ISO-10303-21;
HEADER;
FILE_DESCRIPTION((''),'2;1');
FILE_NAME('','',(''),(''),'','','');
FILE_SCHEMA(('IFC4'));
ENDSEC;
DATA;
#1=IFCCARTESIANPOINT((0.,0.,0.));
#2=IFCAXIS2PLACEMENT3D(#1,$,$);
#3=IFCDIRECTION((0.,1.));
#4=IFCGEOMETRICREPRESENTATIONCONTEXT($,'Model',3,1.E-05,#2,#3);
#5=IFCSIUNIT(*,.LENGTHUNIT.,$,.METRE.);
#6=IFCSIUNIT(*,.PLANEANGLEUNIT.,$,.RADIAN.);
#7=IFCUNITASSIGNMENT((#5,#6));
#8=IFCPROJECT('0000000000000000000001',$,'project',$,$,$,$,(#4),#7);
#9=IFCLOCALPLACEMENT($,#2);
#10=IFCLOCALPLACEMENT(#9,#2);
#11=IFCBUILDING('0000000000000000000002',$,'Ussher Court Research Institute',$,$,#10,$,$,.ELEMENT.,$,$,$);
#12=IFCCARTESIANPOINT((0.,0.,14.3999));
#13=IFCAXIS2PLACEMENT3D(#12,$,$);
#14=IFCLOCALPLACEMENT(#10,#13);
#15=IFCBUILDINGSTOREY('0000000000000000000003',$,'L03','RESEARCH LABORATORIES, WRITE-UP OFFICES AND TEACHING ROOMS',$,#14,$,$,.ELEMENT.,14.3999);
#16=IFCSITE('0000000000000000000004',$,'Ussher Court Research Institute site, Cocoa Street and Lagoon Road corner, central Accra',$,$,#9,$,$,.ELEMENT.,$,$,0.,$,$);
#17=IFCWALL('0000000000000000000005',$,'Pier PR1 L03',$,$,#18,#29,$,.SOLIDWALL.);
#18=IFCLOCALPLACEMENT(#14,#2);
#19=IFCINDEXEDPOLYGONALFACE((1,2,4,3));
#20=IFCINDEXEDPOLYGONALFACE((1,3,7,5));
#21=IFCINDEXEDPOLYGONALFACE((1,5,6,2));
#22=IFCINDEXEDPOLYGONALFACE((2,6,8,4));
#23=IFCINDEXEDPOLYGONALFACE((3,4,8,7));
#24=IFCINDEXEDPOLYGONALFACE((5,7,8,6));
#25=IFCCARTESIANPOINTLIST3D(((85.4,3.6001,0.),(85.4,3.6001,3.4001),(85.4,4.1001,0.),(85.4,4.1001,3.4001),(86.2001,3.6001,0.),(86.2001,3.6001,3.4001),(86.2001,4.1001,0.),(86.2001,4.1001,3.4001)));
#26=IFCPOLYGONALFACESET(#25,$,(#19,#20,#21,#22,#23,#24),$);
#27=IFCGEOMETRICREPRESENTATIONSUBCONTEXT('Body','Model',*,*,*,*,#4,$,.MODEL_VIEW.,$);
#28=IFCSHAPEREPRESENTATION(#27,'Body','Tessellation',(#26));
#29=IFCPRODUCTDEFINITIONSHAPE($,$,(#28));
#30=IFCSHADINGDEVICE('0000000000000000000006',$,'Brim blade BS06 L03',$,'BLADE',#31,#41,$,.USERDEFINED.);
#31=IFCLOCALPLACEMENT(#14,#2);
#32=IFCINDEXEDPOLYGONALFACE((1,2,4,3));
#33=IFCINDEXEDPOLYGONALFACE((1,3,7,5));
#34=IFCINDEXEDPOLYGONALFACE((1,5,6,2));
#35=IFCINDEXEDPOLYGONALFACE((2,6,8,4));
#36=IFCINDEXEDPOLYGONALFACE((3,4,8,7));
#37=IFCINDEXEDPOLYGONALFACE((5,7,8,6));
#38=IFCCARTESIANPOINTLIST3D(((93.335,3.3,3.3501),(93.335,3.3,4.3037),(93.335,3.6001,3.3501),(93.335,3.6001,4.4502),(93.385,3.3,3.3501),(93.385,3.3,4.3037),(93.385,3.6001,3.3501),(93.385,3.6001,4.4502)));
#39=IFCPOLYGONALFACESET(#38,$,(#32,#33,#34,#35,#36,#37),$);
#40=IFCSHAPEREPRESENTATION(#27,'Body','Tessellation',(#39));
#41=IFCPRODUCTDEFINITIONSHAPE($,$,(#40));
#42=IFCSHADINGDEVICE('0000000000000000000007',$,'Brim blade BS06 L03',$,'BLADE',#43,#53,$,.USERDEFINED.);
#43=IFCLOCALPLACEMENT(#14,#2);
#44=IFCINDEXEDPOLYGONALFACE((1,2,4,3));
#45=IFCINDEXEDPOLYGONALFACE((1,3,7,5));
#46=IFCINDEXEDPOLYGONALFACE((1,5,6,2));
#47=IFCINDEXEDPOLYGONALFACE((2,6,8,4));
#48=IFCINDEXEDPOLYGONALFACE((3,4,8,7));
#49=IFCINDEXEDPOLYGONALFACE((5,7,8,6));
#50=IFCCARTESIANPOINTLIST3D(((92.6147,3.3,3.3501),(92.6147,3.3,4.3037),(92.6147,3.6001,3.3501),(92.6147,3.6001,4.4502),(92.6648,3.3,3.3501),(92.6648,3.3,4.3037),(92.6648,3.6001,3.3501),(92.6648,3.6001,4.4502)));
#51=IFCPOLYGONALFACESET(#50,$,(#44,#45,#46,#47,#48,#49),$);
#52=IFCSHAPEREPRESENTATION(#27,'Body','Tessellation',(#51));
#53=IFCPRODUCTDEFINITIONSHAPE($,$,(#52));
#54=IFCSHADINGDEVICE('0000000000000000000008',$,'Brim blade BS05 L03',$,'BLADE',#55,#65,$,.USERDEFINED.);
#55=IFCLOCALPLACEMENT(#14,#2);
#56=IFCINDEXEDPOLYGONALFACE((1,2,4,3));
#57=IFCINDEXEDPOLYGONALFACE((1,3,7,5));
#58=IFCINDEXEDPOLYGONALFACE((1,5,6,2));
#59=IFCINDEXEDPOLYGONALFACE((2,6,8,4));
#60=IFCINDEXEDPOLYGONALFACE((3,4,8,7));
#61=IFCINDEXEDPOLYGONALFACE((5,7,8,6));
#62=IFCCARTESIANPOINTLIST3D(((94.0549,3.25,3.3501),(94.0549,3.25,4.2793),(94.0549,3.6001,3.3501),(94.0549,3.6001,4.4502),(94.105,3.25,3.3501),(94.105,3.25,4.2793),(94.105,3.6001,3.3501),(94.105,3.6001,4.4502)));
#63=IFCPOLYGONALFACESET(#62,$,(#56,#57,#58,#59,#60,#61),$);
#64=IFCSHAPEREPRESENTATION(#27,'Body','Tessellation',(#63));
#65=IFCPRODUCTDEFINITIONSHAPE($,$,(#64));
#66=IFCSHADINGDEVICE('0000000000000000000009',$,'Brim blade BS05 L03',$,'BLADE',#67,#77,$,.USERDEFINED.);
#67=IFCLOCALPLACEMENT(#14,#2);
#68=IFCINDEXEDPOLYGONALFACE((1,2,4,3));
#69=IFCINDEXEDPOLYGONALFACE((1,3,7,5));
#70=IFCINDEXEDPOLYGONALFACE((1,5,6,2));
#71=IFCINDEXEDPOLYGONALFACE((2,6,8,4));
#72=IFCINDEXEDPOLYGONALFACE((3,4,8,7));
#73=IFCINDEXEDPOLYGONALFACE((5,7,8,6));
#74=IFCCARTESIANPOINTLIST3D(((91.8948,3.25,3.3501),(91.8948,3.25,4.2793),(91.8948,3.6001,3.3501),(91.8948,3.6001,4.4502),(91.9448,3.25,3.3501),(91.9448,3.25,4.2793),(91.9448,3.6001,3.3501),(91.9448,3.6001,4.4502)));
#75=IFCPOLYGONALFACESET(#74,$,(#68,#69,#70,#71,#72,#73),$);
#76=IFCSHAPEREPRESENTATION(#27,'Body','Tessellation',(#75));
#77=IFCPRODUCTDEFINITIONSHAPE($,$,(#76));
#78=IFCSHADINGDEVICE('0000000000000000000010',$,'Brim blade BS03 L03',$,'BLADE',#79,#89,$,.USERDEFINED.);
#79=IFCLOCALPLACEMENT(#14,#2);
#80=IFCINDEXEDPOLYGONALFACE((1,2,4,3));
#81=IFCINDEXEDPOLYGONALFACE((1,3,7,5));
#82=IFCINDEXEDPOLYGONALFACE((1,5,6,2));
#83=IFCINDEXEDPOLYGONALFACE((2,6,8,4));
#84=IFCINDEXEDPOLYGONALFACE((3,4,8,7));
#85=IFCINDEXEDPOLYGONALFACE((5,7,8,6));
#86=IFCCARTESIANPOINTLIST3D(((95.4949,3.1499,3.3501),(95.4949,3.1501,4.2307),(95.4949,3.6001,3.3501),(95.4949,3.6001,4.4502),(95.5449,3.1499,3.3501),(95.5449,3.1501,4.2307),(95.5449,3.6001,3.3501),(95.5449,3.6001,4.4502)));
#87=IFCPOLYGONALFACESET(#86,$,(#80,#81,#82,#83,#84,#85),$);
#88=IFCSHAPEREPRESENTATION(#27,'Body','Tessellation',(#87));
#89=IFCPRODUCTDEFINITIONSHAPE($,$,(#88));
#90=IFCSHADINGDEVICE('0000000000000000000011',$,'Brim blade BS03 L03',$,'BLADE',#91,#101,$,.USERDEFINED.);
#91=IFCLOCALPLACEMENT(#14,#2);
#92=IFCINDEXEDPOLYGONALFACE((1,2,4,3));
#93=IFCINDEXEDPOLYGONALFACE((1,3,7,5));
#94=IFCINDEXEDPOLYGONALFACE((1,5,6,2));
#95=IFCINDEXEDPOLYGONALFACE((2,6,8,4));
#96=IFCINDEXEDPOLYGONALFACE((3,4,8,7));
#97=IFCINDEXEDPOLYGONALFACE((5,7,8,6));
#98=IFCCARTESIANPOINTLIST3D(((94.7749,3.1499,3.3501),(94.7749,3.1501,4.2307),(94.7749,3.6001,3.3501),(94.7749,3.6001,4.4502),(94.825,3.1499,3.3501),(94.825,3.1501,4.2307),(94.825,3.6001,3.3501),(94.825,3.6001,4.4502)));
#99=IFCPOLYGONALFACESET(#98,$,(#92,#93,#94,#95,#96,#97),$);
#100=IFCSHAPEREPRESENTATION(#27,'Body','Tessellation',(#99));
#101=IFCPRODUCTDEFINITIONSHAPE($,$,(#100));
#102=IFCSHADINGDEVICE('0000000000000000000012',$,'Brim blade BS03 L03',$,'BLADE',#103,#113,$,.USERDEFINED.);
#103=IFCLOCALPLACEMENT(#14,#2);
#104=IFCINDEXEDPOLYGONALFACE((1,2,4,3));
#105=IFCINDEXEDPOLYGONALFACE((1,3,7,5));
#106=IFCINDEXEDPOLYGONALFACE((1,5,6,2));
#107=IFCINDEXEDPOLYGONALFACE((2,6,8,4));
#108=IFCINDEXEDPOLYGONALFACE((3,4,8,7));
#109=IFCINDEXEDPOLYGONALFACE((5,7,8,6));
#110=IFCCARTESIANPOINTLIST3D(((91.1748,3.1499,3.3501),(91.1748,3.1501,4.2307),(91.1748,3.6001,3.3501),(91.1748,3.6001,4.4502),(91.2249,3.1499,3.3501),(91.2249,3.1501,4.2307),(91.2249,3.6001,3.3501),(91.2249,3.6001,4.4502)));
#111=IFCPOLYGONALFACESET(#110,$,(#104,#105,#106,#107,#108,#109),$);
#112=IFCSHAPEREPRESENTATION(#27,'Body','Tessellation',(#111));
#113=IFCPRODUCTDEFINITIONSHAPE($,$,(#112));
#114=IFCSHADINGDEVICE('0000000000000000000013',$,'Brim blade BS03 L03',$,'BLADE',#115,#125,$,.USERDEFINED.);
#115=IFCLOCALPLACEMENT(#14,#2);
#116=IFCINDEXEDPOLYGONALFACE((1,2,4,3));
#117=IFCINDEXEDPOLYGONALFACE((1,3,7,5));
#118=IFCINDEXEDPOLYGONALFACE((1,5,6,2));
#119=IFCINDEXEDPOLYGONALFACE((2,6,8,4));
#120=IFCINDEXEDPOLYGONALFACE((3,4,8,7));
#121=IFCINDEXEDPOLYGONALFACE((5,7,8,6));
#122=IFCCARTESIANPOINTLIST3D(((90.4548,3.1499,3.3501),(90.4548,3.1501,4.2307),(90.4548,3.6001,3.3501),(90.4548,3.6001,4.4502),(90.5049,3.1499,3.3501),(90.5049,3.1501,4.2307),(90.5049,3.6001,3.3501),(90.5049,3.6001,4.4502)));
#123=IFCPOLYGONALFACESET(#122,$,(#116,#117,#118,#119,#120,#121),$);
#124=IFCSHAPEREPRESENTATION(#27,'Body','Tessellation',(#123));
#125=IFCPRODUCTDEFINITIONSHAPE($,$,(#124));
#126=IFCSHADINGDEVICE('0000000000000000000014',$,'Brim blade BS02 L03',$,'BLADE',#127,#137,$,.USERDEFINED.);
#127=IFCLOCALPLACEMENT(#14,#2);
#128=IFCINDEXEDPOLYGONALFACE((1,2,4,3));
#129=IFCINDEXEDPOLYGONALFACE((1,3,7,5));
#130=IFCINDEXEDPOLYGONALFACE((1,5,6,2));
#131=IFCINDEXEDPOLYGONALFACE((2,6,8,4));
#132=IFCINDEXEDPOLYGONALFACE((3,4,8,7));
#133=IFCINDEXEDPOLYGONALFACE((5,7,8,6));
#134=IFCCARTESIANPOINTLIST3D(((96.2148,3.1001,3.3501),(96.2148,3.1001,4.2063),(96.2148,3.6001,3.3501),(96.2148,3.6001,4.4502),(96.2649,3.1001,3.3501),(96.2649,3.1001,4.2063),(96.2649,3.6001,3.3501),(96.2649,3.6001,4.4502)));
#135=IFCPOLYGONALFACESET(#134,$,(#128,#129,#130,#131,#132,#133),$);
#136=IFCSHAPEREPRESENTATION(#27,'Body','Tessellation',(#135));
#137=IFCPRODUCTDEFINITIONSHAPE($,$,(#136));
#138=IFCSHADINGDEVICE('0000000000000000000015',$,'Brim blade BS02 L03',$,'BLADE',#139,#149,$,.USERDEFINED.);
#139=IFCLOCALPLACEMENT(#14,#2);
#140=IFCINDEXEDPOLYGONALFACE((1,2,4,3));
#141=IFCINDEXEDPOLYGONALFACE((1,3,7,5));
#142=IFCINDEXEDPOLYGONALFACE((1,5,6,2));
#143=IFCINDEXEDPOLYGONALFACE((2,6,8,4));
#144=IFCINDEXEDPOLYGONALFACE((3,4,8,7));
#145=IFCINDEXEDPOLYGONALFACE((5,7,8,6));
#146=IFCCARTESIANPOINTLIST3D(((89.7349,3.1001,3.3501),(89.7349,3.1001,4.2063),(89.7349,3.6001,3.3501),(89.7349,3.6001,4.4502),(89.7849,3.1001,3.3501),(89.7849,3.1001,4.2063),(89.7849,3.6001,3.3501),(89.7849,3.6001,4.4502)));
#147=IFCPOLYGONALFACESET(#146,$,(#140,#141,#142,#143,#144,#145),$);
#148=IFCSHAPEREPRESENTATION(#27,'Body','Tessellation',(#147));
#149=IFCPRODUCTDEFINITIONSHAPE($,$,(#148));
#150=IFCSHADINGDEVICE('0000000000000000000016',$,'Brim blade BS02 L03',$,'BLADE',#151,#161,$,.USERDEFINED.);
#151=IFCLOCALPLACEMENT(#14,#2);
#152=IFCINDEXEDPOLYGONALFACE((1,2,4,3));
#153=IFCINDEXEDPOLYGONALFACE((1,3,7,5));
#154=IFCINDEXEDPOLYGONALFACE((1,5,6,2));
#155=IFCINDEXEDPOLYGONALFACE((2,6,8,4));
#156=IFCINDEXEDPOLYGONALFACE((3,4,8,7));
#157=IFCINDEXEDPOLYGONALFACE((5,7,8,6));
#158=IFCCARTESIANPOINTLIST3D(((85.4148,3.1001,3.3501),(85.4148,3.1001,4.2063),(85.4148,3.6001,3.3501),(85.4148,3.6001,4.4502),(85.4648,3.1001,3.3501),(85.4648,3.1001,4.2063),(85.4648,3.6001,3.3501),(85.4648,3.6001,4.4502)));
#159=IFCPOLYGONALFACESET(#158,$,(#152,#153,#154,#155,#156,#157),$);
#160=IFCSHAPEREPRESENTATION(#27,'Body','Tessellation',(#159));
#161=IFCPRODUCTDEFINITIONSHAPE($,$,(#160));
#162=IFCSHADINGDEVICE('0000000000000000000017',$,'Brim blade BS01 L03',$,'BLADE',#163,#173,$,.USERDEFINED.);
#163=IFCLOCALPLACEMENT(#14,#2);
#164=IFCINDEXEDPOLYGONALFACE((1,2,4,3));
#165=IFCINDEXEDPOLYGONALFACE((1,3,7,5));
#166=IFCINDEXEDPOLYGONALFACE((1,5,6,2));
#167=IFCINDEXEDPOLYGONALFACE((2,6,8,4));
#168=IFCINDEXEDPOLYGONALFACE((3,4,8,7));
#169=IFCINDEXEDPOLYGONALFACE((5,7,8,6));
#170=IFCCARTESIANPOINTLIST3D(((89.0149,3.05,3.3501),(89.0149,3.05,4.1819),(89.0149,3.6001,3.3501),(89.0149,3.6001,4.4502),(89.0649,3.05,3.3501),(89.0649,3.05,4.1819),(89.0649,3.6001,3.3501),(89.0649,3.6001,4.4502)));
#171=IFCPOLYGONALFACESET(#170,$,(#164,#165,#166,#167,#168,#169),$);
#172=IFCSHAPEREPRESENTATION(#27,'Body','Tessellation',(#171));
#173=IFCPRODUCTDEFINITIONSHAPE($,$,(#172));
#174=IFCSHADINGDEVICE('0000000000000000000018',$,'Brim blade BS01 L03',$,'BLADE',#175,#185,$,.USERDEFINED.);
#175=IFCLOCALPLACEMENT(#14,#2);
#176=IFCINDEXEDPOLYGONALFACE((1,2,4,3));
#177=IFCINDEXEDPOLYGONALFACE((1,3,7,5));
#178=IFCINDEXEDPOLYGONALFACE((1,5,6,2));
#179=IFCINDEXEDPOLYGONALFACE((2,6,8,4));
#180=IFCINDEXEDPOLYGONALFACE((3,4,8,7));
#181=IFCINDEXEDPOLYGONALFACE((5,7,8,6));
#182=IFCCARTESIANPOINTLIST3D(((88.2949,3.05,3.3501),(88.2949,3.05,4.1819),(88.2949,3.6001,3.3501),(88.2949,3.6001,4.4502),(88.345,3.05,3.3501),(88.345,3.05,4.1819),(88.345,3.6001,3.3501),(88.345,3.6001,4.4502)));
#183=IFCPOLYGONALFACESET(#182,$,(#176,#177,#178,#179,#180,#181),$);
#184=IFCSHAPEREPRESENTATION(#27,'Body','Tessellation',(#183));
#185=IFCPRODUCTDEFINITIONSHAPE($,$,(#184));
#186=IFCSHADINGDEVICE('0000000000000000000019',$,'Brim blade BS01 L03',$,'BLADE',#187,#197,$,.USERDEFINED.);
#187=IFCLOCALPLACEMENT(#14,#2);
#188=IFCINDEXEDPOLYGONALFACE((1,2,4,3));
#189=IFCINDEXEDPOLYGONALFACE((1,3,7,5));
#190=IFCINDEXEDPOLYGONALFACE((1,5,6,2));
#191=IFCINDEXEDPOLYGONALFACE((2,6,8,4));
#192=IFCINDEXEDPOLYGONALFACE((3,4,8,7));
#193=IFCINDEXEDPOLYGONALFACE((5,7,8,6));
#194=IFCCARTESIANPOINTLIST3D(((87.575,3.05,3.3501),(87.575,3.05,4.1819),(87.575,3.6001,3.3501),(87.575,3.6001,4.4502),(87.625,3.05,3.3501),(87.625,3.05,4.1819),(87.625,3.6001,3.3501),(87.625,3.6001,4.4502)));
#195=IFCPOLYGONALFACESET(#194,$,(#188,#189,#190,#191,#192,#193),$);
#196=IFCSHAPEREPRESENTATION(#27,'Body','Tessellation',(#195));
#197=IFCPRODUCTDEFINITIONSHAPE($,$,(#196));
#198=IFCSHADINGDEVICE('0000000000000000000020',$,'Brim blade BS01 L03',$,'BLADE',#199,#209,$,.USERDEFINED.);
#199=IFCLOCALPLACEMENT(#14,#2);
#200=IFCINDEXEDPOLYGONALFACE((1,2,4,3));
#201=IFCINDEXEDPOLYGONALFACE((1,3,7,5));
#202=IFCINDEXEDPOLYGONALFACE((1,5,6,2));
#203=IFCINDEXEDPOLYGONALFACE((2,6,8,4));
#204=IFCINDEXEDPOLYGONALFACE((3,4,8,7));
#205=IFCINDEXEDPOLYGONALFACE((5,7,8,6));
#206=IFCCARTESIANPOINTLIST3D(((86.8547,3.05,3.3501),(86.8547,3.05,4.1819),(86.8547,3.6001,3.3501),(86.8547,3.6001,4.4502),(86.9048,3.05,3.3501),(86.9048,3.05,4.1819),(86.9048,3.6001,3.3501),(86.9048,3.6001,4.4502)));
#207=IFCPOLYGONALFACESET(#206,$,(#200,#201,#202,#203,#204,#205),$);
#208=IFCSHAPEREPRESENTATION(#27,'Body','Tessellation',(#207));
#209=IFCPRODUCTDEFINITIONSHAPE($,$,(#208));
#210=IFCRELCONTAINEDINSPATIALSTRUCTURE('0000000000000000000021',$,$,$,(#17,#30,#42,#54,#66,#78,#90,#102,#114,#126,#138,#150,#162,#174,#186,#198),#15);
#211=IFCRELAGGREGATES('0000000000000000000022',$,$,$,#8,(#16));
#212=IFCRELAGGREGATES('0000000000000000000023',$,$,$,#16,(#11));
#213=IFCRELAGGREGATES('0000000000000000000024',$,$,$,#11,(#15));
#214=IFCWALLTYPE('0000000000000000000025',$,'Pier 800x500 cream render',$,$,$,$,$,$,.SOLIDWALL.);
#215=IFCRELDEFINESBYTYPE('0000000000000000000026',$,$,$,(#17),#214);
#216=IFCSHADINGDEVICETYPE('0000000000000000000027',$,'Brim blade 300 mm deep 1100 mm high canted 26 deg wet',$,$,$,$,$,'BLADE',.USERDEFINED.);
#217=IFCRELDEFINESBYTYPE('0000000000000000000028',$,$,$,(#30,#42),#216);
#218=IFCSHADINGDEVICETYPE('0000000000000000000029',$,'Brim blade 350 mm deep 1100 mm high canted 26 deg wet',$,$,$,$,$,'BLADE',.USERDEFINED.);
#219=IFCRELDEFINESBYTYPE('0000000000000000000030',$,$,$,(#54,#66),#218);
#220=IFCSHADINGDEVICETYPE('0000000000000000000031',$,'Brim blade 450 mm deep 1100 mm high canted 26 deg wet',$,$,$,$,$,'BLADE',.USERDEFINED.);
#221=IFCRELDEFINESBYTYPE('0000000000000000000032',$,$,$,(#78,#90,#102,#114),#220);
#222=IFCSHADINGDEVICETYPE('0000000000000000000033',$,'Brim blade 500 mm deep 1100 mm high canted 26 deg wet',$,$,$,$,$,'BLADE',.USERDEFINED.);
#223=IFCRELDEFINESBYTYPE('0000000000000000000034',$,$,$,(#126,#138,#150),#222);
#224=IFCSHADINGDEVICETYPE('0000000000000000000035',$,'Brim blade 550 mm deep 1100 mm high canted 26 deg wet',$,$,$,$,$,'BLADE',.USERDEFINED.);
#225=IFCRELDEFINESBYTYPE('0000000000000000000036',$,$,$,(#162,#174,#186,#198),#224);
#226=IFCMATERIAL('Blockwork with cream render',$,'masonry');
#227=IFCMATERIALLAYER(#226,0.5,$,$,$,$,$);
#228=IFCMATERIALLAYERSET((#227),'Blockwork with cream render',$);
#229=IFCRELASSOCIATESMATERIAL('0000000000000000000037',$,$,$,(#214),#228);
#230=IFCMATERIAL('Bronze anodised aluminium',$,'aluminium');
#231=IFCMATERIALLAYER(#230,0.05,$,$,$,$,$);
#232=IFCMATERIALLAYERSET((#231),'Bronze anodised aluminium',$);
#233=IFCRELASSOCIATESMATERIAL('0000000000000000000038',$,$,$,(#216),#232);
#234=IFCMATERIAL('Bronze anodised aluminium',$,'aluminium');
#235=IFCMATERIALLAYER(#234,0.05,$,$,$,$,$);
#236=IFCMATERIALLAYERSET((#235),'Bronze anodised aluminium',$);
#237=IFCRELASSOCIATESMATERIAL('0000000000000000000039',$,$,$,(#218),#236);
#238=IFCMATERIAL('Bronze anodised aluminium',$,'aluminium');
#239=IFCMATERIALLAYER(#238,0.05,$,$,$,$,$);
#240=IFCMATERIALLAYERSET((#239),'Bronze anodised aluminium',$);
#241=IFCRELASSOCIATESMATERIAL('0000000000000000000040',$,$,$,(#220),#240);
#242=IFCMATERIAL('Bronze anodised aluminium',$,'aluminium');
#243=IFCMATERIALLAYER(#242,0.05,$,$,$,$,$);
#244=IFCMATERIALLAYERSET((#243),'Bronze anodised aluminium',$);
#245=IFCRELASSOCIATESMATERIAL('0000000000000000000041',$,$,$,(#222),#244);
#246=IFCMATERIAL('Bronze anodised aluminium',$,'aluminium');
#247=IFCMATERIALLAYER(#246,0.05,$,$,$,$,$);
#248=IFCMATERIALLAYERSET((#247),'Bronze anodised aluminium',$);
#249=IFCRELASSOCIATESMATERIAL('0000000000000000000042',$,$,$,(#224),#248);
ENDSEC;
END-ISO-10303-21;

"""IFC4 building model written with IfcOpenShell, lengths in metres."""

from ifc_helpers import new_model, si_unit, direction, frame, frame_2d, origin, place, context, subcontext, project, spatial, polyline, rectangle, outline, extrude, material, layer, layer_set, type_object, element, save


model = new_model("IFC4")

# Units and contexts
model_context = context("Model", 3, precision=1e-05, world=origin(), true_north=direction((0.0, 1.0)))
body_context = subcontext(model_context, "Body", "Model", "MODEL_VIEW")
ifc_project = project(units=[si_unit("LENGTHUNIT", "METRE"), si_unit("PLANEANGLEUNIT", "RADIAN")], contexts=[model_context])

# Site, building, storey
site_placement = place(None, origin())
site = spatial("IfcSite", under=ifc_project, at=site_placement, Name="Ussher Court Research Institute site, Cocoa Street and Lagoon Road corner, central Accra", CompositionType="ELEMENT", RefElevation=0.0)
building_placement = place(site_placement, origin())
building = spatial("IfcBuilding", under=site, at=building_placement, Name="Ussher Court Research Institute", CompositionType="ELEMENT")
storey_placement = place(building_placement, frame((0.0, 0.0, 14.3999)))
storey = spatial("IfcBuildingStorey", under=building, at=storey_placement, Name="L03", Description="RESEARCH LABORATORIES, WRITE-UP OFFICES AND TEACHING ROOMS", CompositionType="ELEMENT", Elevation=14.3999)

# Wall
ifc_material_1 = material(Name="Blockwork with cream render", Category="masonry")
ifc_layer_1 = layer(ifc_material_1, 0.5)
ifc_layer_set_1 = layer_set([ifc_layer_1], Name="Blockwork with cream render")
wall_type_1 = type_object("IfcWallType", Name="Pier 800x500 cream render", PredefinedType="SOLIDWALL", material=ifc_layer_set_1)
wall_1_placement = place(storey_placement, frame((86.2, 3.8501, 0.0), z_axis=(0.0, 0.0, 1.0), x_axis=(-1.0, 0.0, 0.0)))
element("IfcWall", 1, at=wall_1_placement, inside=storey, type_object=wall_type_1, Name="Pier PR1 L03", PredefinedType="SOLIDWALL", context=body_context, shape_type="SweptSolid", body=[
    extrude(rectangle(XDim=0.8, YDim=0.5, at=frame_2d((0.3999, 0.0))), origin(), (0.0, 0.0, 1.0), 3.4001),
])

# Shading devices
ifc_material_2 = material(Name="Bronze anodised aluminium", Category="aluminium")
ifc_layer_2 = layer(ifc_material_2, 0.05)
ifc_layer_set_2 = layer_set([ifc_layer_2], Name="Bronze anodised aluminium")
shading_device_type_1 = type_object("IfcShadingDeviceType", Name="Brim blade 300 mm deep 1100 mm high canted 26 deg wet", ElementType="BLADE", PredefinedType="USERDEFINED", material=ifc_layer_set_2)
for number, where, z_axis, x_axis, name in (
    (2, (93.3601, 3.6001, 3.3501), (0.0, 0.0, 1.0), (0.0, -1.0, 0.0), "Brim blade BS06 L03"),
    (3, (92.6399, 3.6001, 3.3501), (0.0, 0.0, 1.0), (0.0, -1.0, 0.0), "Brim blade BS06 L03"),
):
    element("IfcShadingDevice", number, at=place(storey_placement, frame(where, z_axis=z_axis, x_axis=x_axis)), inside=storey, type_object=shading_device_type_1, Name=name, ObjectType="BLADE", PredefinedType="USERDEFINED", context=body_context, shape_type="SweptSolid", body=[
        extrude(outline(polyline([(0.0, 0.0), (0.3, 0.0), (0.3, 0.9536), (0.0, 1.1001), (0.0, 0.0)])), frame((0.0, 0.0249, 0.0), z_axis=(0.0, -1.0, 0.0), x_axis=(1.0, 0.0, 0.0)), (0.0, 0.0, 1.0), 0.05),
    ])
ifc_material_3 = material(Name="Bronze anodised aluminium", Category="aluminium")
ifc_layer_3 = layer(ifc_material_3, 0.05)
ifc_layer_set_3 = layer_set([ifc_layer_3], Name="Bronze anodised aluminium")
shading_device_type_2 = type_object("IfcShadingDeviceType", Name="Brim blade 350 mm deep 1100 mm high canted 26 deg wet", ElementType="BLADE", PredefinedType="USERDEFINED", material=ifc_layer_set_3)
for number, where, z_axis, x_axis, name in (
    (4, (94.0801, 3.6001, 3.3501), (0.0, 0.0, 1.0), (0.0, -1.0, 0.0), "Brim blade BS05 L03"),
    (5, (91.9199, 3.6001, 3.3501), (0.0, 0.0, 1.0), (0.0, -1.0, 0.0), "Brim blade BS05 L03"),
):
    element("IfcShadingDevice", number, at=place(storey_placement, frame(where, z_axis=z_axis, x_axis=x_axis)), inside=storey, type_object=shading_device_type_2, Name=name, ObjectType="BLADE", PredefinedType="USERDEFINED", context=body_context, shape_type="SweptSolid", body=[
        extrude(outline(polyline([(0.0, 0.0), (0.3501, 0.0), (0.3501, 0.9292), (0.0, 1.1001), (0.0, 0.0)])), frame((0.0, 0.0249, 0.0), z_axis=(0.0, -1.0, 0.0), x_axis=(1.0, 0.0, 0.0)), (0.0, 0.0, 1.0), 0.05),
    ])
ifc_material_4 = material(Name="Bronze anodised aluminium", Category="aluminium")
ifc_layer_4 = layer(ifc_material_4, 0.05)
ifc_layer_set_4 = layer_set([ifc_layer_4], Name="Bronze anodised aluminium")
shading_device_type_3 = type_object("IfcShadingDeviceType", Name="Brim blade 450 mm deep 1100 mm high canted 26 deg wet", ElementType="BLADE", PredefinedType="USERDEFINED", material=ifc_layer_set_4)
for number, where, z_axis, x_axis, name in (
    (6, (95.52, 3.6001, 3.3501), (0.0, 0.0, 1.0), (0.0, -1.0, 0.0), "Brim blade BS03 L03"),
    (7, (94.8, 3.6001, 3.3501), (0.0, 0.0, 1.0), (0.0, -1.0, 0.0), "Brim blade BS03 L03"),
    (8, (91.2, 3.6001, 3.3501), (0.0, 0.0, 1.0), (0.0, -1.0, 0.0), "Brim blade BS03 L03"),
    (9, (90.48, 3.6001, 3.3501), (0.0, 0.0, 1.0), (0.0, -1.0, 0.0), "Brim blade BS03 L03"),
):
    element("IfcShadingDevice", number, at=place(storey_placement, frame(where, z_axis=z_axis, x_axis=x_axis)), inside=storey, type_object=shading_device_type_3, Name=name, ObjectType="BLADE", PredefinedType="USERDEFINED", context=body_context, shape_type="SweptSolid", body=[
        extrude(outline(polyline([(0.0, 0.0), (0.4502, 0.0), (0.45, 0.8806), (0.0, 1.1001), (0.0, 0.0)])), frame((0.0, 0.0249, 0.0), z_axis=(0.0, -1.0, 0.0), x_axis=(1.0, 0.0, 0.0)), (0.0, 0.0, 1.0), 0.05),
    ])
ifc_material_5 = material(Name="Bronze anodised aluminium", Category="aluminium")
ifc_layer_5 = layer(ifc_material_5, 0.05)
ifc_layer_set_5 = layer_set([ifc_layer_5], Name="Bronze anodised aluminium")
shading_device_type_4 = type_object("IfcShadingDeviceType", Name="Brim blade 500 mm deep 1100 mm high canted 26 deg wet", ElementType="BLADE", PredefinedType="USERDEFINED", material=ifc_layer_set_5)
for number, where, z_axis, x_axis, name in (
    (10, (96.24, 3.6001, 3.3501), (0.0, 0.0, 1.0), (0.0, -1.0, 0.0), "Brim blade BS02 L03"),
    (11, (89.76, 3.6001, 3.3501), (0.0, 0.0, 1.0), (0.0, -1.0, 0.0), "Brim blade BS02 L03"),
    (12, (85.4399, 3.6001, 3.3501), (0.0, 0.0, 1.0), (0.0, -1.0, 0.0), "Brim blade BS02 L03"),
):
    element("IfcShadingDevice", number, at=place(storey_placement, frame(where, z_axis=z_axis, x_axis=x_axis)), inside=storey, type_object=shading_device_type_4, Name=name, ObjectType="BLADE", PredefinedType="USERDEFINED", context=body_context, shape_type="SweptSolid", body=[
        extrude(outline(polyline([(0.0, 0.0), (0.5, 0.0), (0.5, 0.8562), (0.0, 1.1001), (0.0, 0.0)])), frame((0.0, 0.0249, 0.0), z_axis=(0.0, -1.0, 0.0), x_axis=(1.0, 0.0, 0.0)), (0.0, 0.0, 1.0), 0.05),
    ])
ifc_material_6 = material(Name="Bronze anodised aluminium", Category="aluminium")
ifc_layer_6 = layer(ifc_material_6, 0.05)
ifc_layer_set_6 = layer_set([ifc_layer_6], Name="Bronze anodised aluminium")
shading_device_type_5 = type_object("IfcShadingDeviceType", Name="Brim blade 550 mm deep 1100 mm high canted 26 deg wet", ElementType="BLADE", PredefinedType="USERDEFINED", material=ifc_layer_set_6)
for number, where, z_axis, x_axis, name in (
    (13, (89.04, 3.6001, 3.3501), (0.0, 0.0, 1.0), (0.0, -1.0, 0.0), "Brim blade BS01 L03"),
    (14, (88.3201, 3.6001, 3.3501), (0.0, 0.0, 1.0), (0.0, -1.0, 0.0), "Brim blade BS01 L03"),
    (15, (87.6001, 3.6001, 3.3501), (0.0, 0.0, 1.0), (0.0, -1.0, 0.0), "Brim blade BS01 L03"),
    (16, (86.8799, 3.6001, 3.3501), (0.0, 0.0, 1.0), (0.0, -1.0, 0.0), "Brim blade BS01 L03"),
):
    element("IfcShadingDevice", number, at=place(storey_placement, frame(where, z_axis=z_axis, x_axis=x_axis)), inside=storey, type_object=shading_device_type_5, Name=name, ObjectType="BLADE", PredefinedType="USERDEFINED", context=body_context, shape_type="SweptSolid", body=[
        extrude(outline(polyline([(0.0, 0.0), (0.55, 0.0), (0.55, 0.8318), (0.0, 1.1001), (0.0, 0.0)])), frame((0.0, 0.0249, 0.0), z_axis=(0.0, -1.0, 0.0), x_axis=(1.0, 0.0, 0.0)), (0.0, 0.0, 1.0), 0.05),
    ])

save(model, "model.ifc")
